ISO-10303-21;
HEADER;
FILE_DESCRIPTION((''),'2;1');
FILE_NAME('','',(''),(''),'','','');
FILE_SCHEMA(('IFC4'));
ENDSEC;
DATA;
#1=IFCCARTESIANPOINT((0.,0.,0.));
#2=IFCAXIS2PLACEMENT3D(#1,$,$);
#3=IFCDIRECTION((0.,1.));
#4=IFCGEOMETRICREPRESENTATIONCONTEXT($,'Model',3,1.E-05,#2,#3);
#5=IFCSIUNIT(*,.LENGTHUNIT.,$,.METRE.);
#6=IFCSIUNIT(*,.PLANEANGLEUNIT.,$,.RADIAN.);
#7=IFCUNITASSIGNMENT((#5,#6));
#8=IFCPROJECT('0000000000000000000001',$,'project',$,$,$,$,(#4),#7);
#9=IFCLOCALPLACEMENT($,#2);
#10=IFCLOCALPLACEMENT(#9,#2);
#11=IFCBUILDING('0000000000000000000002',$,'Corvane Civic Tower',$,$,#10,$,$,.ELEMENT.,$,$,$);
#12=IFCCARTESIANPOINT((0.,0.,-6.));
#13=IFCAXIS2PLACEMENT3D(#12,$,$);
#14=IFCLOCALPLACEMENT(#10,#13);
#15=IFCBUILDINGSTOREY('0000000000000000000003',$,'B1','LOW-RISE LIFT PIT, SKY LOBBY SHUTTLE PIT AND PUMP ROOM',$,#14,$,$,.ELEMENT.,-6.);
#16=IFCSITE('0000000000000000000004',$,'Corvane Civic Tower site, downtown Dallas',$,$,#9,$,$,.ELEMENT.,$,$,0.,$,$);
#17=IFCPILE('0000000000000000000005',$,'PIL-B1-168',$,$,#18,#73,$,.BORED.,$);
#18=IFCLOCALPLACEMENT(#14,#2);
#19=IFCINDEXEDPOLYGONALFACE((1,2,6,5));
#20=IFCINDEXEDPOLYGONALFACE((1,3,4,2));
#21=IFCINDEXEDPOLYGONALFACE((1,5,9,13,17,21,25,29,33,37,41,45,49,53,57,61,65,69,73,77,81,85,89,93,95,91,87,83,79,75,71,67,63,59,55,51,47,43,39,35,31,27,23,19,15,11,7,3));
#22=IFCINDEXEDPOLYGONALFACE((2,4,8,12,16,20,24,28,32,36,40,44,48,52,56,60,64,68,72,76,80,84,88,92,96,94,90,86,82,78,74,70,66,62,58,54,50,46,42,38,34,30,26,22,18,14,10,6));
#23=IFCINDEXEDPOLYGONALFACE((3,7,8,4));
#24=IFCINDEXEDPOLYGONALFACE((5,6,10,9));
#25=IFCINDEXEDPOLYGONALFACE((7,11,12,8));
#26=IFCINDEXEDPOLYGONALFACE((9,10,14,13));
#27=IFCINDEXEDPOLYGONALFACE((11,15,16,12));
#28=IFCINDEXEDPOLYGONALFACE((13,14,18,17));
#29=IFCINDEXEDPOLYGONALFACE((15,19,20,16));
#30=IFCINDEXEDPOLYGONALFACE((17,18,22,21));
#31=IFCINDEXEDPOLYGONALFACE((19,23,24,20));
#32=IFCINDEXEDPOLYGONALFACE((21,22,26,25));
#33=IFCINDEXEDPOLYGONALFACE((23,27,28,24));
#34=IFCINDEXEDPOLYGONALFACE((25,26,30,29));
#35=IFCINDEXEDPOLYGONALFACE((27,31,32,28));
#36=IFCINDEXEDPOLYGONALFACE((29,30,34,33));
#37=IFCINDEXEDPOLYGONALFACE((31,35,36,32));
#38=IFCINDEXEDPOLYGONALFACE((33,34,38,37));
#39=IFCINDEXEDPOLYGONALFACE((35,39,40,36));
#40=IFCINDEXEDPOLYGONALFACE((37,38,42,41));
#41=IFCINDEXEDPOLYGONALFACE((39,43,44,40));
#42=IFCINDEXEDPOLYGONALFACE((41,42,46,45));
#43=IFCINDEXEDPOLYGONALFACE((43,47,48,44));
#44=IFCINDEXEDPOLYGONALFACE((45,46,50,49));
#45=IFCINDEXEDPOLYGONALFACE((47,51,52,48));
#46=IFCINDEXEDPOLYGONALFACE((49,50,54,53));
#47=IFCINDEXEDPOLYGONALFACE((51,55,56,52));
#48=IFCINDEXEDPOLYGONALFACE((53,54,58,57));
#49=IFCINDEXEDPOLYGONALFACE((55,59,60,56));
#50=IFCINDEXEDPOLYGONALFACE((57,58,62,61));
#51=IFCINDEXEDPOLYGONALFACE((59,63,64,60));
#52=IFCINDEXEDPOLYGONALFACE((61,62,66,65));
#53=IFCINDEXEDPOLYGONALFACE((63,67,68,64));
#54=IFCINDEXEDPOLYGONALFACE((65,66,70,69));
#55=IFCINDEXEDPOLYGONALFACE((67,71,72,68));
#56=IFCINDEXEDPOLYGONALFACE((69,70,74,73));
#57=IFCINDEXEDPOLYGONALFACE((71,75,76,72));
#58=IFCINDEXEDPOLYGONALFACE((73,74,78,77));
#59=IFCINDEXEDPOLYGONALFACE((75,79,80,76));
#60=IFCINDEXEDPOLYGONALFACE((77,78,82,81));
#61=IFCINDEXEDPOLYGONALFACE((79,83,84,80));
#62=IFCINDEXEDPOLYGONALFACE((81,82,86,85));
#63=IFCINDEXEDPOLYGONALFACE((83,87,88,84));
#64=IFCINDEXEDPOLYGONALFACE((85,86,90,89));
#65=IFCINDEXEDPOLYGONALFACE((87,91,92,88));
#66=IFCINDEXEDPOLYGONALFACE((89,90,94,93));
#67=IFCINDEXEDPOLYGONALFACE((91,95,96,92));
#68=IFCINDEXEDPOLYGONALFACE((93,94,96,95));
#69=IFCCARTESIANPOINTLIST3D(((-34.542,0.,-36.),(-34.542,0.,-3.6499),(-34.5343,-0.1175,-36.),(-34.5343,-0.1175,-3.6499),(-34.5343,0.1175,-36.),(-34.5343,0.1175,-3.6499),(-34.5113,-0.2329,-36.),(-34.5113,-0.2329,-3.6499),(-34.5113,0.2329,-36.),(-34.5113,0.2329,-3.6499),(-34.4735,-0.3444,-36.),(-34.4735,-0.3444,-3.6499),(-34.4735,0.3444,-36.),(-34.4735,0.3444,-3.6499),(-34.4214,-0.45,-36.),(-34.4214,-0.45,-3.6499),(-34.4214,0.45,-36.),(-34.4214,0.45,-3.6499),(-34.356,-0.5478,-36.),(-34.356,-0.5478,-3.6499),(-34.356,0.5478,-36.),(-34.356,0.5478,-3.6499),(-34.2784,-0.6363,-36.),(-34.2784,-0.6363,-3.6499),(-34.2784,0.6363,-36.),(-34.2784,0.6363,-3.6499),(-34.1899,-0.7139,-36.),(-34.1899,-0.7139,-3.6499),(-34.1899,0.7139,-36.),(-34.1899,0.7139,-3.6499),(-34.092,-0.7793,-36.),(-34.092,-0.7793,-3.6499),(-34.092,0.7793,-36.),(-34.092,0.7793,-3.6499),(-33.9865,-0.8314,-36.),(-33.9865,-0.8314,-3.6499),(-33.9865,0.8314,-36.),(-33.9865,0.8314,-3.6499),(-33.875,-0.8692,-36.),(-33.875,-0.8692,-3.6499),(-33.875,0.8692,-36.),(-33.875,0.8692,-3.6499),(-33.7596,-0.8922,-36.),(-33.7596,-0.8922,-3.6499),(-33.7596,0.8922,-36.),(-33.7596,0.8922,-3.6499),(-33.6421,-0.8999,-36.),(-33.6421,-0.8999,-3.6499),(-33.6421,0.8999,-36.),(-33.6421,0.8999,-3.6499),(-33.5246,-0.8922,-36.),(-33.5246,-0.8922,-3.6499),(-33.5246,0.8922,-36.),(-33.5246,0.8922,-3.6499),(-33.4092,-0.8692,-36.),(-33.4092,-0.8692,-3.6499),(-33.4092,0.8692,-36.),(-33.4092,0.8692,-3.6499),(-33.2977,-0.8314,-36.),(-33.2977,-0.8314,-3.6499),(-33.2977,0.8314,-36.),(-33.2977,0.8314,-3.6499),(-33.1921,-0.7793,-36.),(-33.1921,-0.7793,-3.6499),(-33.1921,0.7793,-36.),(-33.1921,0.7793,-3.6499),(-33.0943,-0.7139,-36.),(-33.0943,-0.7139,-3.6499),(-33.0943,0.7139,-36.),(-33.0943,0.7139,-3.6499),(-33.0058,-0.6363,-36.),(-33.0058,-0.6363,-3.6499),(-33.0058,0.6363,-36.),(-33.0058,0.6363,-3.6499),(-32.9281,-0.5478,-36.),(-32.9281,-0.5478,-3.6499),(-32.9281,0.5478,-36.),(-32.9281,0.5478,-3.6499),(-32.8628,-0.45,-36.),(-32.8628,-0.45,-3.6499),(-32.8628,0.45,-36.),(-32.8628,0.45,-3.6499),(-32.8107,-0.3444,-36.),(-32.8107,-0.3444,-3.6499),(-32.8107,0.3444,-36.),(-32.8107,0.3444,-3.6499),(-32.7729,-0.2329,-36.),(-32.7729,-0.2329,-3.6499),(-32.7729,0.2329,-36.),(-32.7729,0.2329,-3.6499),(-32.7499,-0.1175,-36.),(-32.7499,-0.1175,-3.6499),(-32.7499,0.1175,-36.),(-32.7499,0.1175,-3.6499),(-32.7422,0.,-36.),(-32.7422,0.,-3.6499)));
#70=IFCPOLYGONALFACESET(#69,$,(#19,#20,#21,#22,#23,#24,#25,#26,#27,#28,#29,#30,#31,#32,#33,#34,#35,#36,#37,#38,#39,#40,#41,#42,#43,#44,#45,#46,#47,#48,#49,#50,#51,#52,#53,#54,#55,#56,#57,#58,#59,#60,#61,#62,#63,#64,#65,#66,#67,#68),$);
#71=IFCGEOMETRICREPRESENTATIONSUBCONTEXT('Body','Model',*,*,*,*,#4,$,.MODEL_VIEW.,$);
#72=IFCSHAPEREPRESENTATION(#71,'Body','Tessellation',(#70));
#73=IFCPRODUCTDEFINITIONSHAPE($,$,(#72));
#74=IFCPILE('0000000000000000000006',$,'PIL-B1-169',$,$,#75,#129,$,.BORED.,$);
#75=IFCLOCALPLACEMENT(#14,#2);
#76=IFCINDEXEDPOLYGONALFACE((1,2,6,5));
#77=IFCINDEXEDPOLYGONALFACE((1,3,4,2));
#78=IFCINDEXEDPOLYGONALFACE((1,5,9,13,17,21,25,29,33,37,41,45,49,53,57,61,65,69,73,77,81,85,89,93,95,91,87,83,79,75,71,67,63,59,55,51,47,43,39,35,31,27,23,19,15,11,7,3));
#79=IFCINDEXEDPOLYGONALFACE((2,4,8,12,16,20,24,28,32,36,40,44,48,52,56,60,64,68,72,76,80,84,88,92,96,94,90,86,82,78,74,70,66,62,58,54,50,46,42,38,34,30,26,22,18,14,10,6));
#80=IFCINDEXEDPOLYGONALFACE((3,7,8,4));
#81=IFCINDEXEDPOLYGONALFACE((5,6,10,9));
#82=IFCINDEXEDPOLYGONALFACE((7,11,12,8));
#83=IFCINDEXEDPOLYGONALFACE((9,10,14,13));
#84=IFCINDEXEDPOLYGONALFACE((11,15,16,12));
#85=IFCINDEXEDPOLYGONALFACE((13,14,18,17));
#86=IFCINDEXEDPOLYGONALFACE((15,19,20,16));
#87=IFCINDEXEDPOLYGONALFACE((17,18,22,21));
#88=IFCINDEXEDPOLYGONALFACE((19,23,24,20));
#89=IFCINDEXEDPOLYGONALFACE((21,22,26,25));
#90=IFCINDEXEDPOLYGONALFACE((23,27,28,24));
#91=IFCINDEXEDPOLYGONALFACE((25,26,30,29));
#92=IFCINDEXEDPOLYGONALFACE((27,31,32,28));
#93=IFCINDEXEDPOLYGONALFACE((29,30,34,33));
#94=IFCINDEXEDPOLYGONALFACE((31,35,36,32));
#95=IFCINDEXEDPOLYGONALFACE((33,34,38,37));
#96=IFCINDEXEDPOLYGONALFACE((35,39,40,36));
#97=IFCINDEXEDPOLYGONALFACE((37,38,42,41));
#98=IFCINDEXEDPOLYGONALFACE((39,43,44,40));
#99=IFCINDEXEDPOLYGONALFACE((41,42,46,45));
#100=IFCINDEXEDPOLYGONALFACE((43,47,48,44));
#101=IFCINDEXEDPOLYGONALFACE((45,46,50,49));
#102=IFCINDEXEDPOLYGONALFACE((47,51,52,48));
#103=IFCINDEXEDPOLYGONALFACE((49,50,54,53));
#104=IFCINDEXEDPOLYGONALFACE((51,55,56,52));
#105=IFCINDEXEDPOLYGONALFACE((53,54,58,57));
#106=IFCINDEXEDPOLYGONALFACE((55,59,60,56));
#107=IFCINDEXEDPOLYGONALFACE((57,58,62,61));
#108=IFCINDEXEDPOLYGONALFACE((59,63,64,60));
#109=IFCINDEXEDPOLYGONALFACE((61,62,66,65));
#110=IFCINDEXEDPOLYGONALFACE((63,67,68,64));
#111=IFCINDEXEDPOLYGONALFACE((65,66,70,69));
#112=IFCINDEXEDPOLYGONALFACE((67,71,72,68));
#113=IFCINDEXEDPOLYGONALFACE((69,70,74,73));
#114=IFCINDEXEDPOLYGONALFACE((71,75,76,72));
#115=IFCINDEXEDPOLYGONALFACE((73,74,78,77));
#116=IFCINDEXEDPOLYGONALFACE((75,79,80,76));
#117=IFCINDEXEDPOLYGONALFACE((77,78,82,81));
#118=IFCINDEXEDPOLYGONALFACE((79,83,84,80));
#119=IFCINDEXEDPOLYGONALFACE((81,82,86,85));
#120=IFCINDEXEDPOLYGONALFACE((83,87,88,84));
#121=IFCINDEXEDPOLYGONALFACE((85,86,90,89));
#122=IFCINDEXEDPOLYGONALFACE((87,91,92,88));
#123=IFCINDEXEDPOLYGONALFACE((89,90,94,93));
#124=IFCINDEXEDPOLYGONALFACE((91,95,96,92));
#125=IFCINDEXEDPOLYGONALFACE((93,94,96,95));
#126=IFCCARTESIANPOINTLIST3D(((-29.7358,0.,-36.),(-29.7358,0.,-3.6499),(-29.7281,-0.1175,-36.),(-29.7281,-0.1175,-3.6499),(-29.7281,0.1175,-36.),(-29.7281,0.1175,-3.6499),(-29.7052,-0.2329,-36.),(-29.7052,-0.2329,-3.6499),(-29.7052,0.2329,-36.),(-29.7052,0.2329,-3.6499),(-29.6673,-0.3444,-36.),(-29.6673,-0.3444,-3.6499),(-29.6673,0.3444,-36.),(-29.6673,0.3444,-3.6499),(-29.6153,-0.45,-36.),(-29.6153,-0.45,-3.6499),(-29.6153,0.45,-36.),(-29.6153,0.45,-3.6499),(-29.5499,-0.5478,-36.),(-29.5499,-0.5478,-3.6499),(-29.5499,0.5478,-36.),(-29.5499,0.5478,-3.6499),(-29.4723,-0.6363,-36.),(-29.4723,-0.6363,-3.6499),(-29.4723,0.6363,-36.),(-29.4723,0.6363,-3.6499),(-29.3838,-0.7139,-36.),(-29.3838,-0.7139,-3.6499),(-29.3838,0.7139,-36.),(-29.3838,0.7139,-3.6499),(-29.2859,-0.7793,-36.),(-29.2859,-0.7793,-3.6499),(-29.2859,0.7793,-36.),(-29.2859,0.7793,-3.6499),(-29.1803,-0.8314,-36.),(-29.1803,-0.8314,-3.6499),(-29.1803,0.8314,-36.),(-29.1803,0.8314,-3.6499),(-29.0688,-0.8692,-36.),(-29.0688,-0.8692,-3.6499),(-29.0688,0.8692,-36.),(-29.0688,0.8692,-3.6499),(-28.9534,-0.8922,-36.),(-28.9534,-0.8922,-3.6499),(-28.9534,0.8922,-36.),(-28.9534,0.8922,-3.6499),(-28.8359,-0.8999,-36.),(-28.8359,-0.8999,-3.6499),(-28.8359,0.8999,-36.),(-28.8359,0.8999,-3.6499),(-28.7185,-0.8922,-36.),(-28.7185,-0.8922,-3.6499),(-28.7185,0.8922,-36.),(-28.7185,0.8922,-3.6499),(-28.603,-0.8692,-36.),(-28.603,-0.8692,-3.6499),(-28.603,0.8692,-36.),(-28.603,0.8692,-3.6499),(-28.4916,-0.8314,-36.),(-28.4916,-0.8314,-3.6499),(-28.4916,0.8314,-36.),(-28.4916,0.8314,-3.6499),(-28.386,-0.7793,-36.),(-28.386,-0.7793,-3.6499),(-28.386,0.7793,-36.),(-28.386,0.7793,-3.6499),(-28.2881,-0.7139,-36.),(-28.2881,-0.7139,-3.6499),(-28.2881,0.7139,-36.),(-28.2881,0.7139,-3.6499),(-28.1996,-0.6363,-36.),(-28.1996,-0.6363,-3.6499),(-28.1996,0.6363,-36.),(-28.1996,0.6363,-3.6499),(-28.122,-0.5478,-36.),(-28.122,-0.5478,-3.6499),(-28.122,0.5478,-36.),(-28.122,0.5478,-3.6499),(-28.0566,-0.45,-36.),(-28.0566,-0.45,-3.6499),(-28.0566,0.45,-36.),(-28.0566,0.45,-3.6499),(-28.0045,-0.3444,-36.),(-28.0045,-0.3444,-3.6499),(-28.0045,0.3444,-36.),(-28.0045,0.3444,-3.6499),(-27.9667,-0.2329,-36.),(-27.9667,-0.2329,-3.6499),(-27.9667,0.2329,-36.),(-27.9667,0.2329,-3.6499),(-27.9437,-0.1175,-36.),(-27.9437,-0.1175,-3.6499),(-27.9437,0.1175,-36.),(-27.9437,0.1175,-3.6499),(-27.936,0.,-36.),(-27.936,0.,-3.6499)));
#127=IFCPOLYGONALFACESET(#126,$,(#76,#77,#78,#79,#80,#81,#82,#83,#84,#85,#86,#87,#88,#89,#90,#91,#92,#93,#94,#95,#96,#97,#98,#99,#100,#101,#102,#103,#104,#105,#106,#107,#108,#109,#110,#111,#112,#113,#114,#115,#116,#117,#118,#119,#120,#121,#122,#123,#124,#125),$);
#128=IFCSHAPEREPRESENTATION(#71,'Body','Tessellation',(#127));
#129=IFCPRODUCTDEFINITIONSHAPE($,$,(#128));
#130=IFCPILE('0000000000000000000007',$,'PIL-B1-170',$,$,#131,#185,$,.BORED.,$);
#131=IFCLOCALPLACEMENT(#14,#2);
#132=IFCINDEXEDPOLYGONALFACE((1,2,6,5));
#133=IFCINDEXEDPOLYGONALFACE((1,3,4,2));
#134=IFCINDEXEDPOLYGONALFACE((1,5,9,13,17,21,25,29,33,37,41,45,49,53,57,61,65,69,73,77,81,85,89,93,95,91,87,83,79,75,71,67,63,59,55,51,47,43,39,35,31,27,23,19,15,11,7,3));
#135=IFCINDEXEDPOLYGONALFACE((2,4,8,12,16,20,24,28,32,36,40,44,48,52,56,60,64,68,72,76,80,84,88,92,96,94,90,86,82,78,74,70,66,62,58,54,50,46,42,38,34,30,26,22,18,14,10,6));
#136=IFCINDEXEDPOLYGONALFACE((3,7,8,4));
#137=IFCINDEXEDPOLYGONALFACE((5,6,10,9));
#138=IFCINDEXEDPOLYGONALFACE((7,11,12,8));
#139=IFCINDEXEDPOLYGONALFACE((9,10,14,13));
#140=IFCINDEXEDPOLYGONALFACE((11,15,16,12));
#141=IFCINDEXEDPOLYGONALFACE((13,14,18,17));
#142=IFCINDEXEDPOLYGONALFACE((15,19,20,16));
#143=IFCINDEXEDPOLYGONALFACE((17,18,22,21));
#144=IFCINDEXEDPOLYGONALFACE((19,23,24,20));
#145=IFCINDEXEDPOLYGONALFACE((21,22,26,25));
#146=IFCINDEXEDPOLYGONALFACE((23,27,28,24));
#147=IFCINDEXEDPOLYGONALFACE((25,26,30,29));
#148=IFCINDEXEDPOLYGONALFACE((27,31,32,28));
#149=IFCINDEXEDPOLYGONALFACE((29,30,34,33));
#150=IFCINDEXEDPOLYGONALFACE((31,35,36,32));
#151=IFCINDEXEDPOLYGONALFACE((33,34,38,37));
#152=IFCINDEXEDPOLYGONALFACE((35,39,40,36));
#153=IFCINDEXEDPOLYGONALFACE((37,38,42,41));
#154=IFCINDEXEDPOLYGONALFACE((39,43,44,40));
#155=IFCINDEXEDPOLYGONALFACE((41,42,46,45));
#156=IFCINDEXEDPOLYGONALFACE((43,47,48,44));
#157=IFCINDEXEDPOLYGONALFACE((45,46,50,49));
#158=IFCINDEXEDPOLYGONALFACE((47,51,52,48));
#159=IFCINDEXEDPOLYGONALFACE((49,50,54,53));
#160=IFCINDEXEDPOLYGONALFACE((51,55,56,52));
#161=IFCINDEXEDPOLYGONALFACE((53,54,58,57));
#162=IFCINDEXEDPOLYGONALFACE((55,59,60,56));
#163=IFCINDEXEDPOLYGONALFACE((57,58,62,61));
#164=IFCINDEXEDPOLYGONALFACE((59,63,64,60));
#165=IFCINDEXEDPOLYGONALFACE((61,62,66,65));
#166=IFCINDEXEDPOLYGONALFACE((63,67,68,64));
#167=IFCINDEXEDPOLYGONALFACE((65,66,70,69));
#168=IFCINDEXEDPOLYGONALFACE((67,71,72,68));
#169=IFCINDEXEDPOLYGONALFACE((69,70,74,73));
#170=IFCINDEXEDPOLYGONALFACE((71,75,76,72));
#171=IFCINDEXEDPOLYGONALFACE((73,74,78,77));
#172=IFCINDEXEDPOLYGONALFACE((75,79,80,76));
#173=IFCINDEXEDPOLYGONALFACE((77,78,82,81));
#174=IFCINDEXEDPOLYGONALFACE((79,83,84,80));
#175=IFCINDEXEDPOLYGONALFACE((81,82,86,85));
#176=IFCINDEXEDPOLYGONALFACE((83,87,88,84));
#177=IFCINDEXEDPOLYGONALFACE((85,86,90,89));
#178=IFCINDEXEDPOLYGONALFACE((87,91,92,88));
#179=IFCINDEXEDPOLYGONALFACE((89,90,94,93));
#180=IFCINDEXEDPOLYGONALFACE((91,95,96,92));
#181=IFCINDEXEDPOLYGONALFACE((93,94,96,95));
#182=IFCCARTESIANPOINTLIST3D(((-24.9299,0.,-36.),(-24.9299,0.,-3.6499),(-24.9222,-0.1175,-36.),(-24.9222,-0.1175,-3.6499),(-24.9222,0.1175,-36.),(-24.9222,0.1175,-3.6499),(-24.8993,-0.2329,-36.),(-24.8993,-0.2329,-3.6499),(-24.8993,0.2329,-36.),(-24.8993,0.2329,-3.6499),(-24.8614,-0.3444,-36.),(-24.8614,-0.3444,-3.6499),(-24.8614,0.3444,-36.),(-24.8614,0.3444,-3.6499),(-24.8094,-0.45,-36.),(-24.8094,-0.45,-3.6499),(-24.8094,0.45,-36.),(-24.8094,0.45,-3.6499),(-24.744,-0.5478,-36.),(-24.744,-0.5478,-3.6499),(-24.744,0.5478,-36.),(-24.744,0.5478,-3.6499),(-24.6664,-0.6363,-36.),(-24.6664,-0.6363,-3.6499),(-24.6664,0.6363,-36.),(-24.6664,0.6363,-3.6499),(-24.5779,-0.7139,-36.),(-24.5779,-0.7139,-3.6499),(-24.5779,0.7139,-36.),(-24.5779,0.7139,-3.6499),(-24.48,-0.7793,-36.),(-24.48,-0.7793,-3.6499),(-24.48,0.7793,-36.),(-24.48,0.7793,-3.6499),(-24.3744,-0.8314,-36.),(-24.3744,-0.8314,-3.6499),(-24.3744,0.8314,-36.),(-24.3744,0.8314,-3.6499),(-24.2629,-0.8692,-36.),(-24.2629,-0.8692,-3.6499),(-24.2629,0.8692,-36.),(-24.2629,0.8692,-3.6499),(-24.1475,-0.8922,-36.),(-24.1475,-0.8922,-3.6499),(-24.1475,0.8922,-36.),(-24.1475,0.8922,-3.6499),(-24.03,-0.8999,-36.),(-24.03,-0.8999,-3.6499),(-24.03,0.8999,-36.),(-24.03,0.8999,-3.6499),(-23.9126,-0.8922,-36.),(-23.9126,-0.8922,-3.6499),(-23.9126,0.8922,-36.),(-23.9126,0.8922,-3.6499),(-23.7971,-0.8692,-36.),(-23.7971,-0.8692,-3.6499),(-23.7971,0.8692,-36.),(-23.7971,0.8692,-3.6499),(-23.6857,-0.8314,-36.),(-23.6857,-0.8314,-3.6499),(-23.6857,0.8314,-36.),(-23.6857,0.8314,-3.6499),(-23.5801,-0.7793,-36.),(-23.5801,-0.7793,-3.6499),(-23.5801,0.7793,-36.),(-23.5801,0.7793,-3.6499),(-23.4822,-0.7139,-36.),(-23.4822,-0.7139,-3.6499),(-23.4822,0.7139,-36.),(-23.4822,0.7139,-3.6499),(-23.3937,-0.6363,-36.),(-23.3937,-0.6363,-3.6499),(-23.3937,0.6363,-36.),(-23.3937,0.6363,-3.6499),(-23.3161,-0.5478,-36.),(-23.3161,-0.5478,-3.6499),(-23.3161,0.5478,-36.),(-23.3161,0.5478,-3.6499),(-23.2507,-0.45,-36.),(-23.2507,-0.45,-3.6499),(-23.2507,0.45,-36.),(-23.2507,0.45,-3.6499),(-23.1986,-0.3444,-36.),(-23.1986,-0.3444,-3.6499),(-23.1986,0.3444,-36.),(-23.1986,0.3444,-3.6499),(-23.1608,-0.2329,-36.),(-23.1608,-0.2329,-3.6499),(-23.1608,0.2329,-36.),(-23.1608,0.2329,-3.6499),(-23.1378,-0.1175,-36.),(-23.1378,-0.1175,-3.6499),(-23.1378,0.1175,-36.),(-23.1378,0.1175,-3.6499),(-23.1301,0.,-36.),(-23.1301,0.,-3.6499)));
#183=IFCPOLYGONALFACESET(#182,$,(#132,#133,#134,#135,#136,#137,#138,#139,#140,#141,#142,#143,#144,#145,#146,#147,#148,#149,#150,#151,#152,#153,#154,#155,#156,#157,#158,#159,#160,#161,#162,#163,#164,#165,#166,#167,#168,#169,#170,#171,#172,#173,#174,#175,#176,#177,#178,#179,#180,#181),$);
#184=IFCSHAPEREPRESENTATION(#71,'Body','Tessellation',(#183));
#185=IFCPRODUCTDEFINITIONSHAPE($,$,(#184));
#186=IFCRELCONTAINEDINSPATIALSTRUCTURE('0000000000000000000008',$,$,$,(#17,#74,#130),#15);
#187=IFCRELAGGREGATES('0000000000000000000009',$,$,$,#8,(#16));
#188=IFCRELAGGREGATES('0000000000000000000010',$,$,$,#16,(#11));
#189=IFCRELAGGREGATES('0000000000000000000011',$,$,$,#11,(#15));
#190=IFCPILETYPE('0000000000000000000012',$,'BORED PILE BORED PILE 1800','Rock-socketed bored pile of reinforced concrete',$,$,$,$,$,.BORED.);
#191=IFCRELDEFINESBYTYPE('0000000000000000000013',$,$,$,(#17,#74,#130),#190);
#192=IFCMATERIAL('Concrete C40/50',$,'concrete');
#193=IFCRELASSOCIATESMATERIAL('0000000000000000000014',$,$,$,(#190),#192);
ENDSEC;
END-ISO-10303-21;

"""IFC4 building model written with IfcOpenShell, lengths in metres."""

from ifc_helpers import new_model, si_unit, direction, frame, origin, origin_2d, place, context, subcontext, project, spatial, circle, extrude, material, material_profile, profile_set, type_object, element, save


model = new_model("IFC4")

# Units and contexts
model_context = context("Model", 3, precision=1e-05, world=origin(), true_north=direction((0.0, 1.0)))
body_context = subcontext(model_context, "Body", "Model", "MODEL_VIEW")
ifc_project = project(units=[si_unit("LENGTHUNIT", "METRE"), si_unit("PLANEANGLEUNIT", "RADIAN")], contexts=[model_context])

# Site, building, storey
site_placement = place(None, origin())
site = spatial("IfcSite", under=ifc_project, at=site_placement, Name="Corvane Civic Tower site, downtown Dallas", CompositionType="ELEMENT", RefElevation=0.0)
building_placement = place(site_placement, origin())
building = spatial("IfcBuilding", under=site, at=building_placement, Name="Corvane Civic Tower", CompositionType="ELEMENT")
storey_placement = place(building_placement, frame((0.0, 0.0, -6.0)))
storey = spatial("IfcBuildingStorey", under=building, at=storey_placement, Name="B1", Description="LOW-RISE LIFT PIT, SKY LOBBY SHUTTLE PIT AND PUMP ROOM", CompositionType="ELEMENT", Elevation=-6.0)

# Piles
ifc_material_1 = material(Name="Concrete C40/50", Category="concrete")
ifc_material_profile_1 = material_profile(ifc_material_1, circle(Radius=0.8999, at=origin_2d()), Name="BORED PILE 1800")
ifc_profile_set_1 = profile_set([ifc_material_profile_1], Name="Concrete C40/50")
pile_type = type_object("IfcPileType", Name="BORED PILE BORED PILE 1800", Description="Rock-socketed bored pile of reinforced concrete", PredefinedType="BORED", material=ifc_profile_set_1)
for number, where, z_axis, x_axis, name in (
    (1, (-33.6421, 0.0, -3.6499), (0.0, 0.0, -1.0), (1.0, 0.0, 0.0), "PIL-B1-168"),
    (2, (-28.8359, 0.0, -3.6499), (0.0, 0.0, -1.0), (1.0, 0.0, 0.0), "PIL-B1-169"),
    (3, (-24.03, 0.0, -3.6499), (0.0, 0.0, -1.0), (1.0, 0.0, 0.0), "PIL-B1-170"),
):
    element("IfcPile", number, at=place(storey_placement, frame(where, z_axis=z_axis, x_axis=x_axis)), inside=storey, type_object=pile_type, Name=name, PredefinedType="BORED", context=body_context, shape_type="SweptSolid", body=[
        extrude(circle(Radius=0.8999, at=origin_2d()), origin(), (0.0, 0.0, 1.0), 32.3501),
    ])

save(model, "model.ifc")
